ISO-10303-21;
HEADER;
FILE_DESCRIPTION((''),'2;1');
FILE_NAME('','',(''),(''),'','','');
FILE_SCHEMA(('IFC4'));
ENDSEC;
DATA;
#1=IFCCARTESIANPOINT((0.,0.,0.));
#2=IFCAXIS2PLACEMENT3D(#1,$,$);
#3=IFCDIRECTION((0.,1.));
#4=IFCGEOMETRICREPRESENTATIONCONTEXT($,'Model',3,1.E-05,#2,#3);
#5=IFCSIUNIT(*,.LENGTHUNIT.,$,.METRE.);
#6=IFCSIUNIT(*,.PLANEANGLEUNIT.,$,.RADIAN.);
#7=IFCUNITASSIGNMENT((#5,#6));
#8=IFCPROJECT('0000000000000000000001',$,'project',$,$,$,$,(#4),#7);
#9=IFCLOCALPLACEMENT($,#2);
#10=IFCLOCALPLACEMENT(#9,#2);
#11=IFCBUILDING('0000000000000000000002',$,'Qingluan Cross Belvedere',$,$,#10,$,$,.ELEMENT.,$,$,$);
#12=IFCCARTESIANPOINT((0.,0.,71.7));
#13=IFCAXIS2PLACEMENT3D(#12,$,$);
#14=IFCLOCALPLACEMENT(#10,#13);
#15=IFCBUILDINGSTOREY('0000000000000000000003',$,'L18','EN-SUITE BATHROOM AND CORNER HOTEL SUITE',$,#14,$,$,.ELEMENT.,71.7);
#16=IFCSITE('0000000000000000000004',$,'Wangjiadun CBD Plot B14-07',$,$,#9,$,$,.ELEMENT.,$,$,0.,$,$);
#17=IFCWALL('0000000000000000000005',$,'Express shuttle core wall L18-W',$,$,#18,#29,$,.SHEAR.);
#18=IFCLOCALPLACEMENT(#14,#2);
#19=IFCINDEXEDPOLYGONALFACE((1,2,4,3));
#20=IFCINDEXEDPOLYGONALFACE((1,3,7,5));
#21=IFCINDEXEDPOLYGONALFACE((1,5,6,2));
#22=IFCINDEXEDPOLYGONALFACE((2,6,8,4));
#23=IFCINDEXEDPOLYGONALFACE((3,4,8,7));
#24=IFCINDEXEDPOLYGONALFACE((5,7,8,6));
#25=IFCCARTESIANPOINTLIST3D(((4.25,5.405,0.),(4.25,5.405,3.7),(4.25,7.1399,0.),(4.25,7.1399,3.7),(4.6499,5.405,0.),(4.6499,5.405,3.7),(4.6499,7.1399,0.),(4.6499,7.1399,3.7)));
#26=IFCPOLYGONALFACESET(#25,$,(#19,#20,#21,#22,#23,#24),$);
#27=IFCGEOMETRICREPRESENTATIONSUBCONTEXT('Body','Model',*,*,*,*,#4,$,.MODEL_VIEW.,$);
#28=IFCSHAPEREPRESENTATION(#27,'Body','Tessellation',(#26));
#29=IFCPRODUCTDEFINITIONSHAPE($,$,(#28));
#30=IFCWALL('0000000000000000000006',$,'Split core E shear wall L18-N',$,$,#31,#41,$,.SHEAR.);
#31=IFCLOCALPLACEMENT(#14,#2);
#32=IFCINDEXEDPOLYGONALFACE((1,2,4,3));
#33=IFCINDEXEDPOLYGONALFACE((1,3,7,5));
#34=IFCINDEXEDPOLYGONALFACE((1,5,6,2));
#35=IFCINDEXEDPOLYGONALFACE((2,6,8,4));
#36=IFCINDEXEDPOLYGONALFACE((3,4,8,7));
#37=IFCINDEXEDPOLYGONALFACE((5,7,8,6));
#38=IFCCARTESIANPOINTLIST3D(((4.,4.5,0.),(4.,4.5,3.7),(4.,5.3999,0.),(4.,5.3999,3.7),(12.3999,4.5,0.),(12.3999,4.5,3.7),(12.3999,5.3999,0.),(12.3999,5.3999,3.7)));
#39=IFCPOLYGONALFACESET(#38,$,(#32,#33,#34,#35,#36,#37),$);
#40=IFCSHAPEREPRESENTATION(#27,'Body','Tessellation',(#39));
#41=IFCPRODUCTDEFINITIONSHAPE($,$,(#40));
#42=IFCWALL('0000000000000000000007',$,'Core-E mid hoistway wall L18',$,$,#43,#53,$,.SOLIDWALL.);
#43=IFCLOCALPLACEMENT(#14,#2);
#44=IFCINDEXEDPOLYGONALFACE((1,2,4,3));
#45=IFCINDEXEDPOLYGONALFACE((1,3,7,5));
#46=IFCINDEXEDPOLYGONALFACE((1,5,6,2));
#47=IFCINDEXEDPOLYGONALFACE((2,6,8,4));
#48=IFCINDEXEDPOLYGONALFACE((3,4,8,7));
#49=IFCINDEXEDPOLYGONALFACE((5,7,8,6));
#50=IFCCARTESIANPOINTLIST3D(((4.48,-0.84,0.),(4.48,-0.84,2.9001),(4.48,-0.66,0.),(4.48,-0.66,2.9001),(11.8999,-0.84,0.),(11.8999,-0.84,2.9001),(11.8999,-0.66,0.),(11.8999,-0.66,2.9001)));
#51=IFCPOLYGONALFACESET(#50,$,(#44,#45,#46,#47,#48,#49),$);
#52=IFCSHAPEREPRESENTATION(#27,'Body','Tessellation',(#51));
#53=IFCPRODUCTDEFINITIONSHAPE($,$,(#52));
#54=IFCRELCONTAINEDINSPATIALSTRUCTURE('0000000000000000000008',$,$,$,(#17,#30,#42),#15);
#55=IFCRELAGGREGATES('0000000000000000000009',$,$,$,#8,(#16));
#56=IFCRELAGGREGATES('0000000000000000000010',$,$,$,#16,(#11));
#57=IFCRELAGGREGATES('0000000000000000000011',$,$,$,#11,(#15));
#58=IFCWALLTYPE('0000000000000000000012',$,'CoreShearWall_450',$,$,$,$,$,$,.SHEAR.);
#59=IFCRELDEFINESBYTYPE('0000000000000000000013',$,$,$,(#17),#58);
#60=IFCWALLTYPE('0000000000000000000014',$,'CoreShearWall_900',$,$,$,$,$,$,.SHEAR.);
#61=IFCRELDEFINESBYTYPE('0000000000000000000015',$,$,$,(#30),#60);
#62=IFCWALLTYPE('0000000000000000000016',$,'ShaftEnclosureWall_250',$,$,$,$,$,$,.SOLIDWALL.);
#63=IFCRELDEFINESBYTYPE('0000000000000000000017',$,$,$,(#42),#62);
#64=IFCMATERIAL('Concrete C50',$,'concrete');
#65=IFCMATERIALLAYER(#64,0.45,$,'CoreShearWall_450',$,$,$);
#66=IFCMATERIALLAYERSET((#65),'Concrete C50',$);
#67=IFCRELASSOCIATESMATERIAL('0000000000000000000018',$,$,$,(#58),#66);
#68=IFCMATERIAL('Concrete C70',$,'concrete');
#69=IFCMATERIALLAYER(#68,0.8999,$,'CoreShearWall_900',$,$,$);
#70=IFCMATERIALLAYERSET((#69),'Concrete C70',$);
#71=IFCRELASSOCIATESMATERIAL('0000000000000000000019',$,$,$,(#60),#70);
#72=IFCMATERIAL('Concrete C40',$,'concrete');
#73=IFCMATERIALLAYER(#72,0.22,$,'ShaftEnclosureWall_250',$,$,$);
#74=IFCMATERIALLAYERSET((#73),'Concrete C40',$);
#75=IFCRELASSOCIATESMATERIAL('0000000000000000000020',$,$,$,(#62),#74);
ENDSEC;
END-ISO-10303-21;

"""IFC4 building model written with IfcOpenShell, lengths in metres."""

from ifc_helpers import new_model, si_unit, direction, frame, frame_2d, origin, place, context, subcontext, project, spatial, rectangle, extrude, material, layer, layer_set, type_object, element, save


model = new_model("IFC4")

# Units and contexts
model_context = context("Model", 3, precision=1e-05, world=origin(), true_north=direction((0.0, 1.0)))
body_context = subcontext(model_context, "Body", "Model", "MODEL_VIEW")
ifc_project = project(units=[si_unit("LENGTHUNIT", "METRE"), si_unit("PLANEANGLEUNIT", "RADIAN")], contexts=[model_context])

# Site, building, storey
site_placement = place(None, origin())
site = spatial("IfcSite", under=ifc_project, at=site_placement, Name="Wangjiadun CBD Plot B14-07", CompositionType="ELEMENT", RefElevation=0.0)
building_placement = place(site_placement, origin())
building = spatial("IfcBuilding", under=site, at=building_placement, Name="Qingluan Cross Belvedere", CompositionType="ELEMENT")
storey_placement = place(building_placement, frame((0.0, 0.0, 71.7)))
storey = spatial("IfcBuildingStorey", under=building, at=storey_placement, Name="L18", Description="EN-SUITE BATHROOM AND CORNER HOTEL SUITE", CompositionType="ELEMENT", Elevation=71.7)

# Walls
ifc_material_1 = material(Name="Concrete C50", Category="concrete")
ifc_layer_1 = layer(ifc_material_1, 0.45, Name="CoreShearWall_450")
ifc_layer_set_1 = layer_set([ifc_layer_1], Name="Concrete C50")
wall_type_1 = type_object("IfcWallType", Name="CoreShearWall_450", PredefinedType="SHEAR", material=ifc_layer_set_1)
wall_1_placement = place(storey_placement, frame((4.45, 5.405, 0.0), z_axis=(0.0, 0.0, 1.0), x_axis=(0.0, 1.0, 0.0)))
element("IfcWall", 1, at=wall_1_placement, inside=storey, type_object=wall_type_1, Name="Express shuttle core wall L18-W", PredefinedType="SHEAR", context=body_context, shape_type="SweptSolid", body=[
    extrude(rectangle(XDim=1.7349, YDim=0.3999, at=frame_2d((0.8674, 0.0))), origin(), (0.0, 0.0, 1.0), 3.7),
])
ifc_material_2 = material(Name="Concrete C70", Category="concrete")
ifc_layer_2 = layer(ifc_material_2, 0.8999, Name="CoreShearWall_900")
ifc_layer_set_2 = layer_set([ifc_layer_2], Name="Concrete C70")
wall_type_2 = type_object("IfcWallType", Name="CoreShearWall_900", PredefinedType="SHEAR", material=ifc_layer_set_2)
wall_2_placement = place(storey_placement, frame((4.0, 4.95, 0.0), z_axis=(0.0, 0.0, 1.0), x_axis=(1.0, 0.0, 0.0)))
element("IfcWall", 2, at=wall_2_placement, inside=storey, type_object=wall_type_2, Name="Split core E shear wall L18-N", PredefinedType="SHEAR", context=body_context, shape_type="SweptSolid", body=[
    extrude(rectangle(XDim=8.3999, YDim=0.8999, at=frame_2d((4.2, 0.0))), origin(), (0.0, 0.0, 1.0), 3.7),
])

# Shared definitions
ifc_material_3 = material(Name="Concrete C40", Category="concrete")
ifc_layer_3 = layer(ifc_material_3, 0.22, Name="ShaftEnclosureWall_250")
ifc_layer_set_3 = layer_set([ifc_layer_3], Name="Concrete C40")
wall_type_3 = type_object("IfcWallType", Name="ShaftEnclosureWall_250", PredefinedType="SOLIDWALL", material=ifc_layer_set_3)

# Wall
wall_3_placement = place(storey_placement, frame((4.48, -0.75, 0.0), z_axis=(0.0, 0.0, 1.0), x_axis=(1.0, 0.0, 0.0)))
element("IfcWall", 3, at=wall_3_placement, inside=storey, type_object=wall_type_3, Name="Core-E mid hoistway wall L18", PredefinedType="SOLIDWALL", context=body_context, shape_type="SweptSolid", body=[
    extrude(rectangle(XDim=7.4199, YDim=0.1799, at=frame_2d((3.71, 0.0))), origin(), (0.0, 0.0, 1.0), 2.9001),
])

save(model, "model.ifc")
